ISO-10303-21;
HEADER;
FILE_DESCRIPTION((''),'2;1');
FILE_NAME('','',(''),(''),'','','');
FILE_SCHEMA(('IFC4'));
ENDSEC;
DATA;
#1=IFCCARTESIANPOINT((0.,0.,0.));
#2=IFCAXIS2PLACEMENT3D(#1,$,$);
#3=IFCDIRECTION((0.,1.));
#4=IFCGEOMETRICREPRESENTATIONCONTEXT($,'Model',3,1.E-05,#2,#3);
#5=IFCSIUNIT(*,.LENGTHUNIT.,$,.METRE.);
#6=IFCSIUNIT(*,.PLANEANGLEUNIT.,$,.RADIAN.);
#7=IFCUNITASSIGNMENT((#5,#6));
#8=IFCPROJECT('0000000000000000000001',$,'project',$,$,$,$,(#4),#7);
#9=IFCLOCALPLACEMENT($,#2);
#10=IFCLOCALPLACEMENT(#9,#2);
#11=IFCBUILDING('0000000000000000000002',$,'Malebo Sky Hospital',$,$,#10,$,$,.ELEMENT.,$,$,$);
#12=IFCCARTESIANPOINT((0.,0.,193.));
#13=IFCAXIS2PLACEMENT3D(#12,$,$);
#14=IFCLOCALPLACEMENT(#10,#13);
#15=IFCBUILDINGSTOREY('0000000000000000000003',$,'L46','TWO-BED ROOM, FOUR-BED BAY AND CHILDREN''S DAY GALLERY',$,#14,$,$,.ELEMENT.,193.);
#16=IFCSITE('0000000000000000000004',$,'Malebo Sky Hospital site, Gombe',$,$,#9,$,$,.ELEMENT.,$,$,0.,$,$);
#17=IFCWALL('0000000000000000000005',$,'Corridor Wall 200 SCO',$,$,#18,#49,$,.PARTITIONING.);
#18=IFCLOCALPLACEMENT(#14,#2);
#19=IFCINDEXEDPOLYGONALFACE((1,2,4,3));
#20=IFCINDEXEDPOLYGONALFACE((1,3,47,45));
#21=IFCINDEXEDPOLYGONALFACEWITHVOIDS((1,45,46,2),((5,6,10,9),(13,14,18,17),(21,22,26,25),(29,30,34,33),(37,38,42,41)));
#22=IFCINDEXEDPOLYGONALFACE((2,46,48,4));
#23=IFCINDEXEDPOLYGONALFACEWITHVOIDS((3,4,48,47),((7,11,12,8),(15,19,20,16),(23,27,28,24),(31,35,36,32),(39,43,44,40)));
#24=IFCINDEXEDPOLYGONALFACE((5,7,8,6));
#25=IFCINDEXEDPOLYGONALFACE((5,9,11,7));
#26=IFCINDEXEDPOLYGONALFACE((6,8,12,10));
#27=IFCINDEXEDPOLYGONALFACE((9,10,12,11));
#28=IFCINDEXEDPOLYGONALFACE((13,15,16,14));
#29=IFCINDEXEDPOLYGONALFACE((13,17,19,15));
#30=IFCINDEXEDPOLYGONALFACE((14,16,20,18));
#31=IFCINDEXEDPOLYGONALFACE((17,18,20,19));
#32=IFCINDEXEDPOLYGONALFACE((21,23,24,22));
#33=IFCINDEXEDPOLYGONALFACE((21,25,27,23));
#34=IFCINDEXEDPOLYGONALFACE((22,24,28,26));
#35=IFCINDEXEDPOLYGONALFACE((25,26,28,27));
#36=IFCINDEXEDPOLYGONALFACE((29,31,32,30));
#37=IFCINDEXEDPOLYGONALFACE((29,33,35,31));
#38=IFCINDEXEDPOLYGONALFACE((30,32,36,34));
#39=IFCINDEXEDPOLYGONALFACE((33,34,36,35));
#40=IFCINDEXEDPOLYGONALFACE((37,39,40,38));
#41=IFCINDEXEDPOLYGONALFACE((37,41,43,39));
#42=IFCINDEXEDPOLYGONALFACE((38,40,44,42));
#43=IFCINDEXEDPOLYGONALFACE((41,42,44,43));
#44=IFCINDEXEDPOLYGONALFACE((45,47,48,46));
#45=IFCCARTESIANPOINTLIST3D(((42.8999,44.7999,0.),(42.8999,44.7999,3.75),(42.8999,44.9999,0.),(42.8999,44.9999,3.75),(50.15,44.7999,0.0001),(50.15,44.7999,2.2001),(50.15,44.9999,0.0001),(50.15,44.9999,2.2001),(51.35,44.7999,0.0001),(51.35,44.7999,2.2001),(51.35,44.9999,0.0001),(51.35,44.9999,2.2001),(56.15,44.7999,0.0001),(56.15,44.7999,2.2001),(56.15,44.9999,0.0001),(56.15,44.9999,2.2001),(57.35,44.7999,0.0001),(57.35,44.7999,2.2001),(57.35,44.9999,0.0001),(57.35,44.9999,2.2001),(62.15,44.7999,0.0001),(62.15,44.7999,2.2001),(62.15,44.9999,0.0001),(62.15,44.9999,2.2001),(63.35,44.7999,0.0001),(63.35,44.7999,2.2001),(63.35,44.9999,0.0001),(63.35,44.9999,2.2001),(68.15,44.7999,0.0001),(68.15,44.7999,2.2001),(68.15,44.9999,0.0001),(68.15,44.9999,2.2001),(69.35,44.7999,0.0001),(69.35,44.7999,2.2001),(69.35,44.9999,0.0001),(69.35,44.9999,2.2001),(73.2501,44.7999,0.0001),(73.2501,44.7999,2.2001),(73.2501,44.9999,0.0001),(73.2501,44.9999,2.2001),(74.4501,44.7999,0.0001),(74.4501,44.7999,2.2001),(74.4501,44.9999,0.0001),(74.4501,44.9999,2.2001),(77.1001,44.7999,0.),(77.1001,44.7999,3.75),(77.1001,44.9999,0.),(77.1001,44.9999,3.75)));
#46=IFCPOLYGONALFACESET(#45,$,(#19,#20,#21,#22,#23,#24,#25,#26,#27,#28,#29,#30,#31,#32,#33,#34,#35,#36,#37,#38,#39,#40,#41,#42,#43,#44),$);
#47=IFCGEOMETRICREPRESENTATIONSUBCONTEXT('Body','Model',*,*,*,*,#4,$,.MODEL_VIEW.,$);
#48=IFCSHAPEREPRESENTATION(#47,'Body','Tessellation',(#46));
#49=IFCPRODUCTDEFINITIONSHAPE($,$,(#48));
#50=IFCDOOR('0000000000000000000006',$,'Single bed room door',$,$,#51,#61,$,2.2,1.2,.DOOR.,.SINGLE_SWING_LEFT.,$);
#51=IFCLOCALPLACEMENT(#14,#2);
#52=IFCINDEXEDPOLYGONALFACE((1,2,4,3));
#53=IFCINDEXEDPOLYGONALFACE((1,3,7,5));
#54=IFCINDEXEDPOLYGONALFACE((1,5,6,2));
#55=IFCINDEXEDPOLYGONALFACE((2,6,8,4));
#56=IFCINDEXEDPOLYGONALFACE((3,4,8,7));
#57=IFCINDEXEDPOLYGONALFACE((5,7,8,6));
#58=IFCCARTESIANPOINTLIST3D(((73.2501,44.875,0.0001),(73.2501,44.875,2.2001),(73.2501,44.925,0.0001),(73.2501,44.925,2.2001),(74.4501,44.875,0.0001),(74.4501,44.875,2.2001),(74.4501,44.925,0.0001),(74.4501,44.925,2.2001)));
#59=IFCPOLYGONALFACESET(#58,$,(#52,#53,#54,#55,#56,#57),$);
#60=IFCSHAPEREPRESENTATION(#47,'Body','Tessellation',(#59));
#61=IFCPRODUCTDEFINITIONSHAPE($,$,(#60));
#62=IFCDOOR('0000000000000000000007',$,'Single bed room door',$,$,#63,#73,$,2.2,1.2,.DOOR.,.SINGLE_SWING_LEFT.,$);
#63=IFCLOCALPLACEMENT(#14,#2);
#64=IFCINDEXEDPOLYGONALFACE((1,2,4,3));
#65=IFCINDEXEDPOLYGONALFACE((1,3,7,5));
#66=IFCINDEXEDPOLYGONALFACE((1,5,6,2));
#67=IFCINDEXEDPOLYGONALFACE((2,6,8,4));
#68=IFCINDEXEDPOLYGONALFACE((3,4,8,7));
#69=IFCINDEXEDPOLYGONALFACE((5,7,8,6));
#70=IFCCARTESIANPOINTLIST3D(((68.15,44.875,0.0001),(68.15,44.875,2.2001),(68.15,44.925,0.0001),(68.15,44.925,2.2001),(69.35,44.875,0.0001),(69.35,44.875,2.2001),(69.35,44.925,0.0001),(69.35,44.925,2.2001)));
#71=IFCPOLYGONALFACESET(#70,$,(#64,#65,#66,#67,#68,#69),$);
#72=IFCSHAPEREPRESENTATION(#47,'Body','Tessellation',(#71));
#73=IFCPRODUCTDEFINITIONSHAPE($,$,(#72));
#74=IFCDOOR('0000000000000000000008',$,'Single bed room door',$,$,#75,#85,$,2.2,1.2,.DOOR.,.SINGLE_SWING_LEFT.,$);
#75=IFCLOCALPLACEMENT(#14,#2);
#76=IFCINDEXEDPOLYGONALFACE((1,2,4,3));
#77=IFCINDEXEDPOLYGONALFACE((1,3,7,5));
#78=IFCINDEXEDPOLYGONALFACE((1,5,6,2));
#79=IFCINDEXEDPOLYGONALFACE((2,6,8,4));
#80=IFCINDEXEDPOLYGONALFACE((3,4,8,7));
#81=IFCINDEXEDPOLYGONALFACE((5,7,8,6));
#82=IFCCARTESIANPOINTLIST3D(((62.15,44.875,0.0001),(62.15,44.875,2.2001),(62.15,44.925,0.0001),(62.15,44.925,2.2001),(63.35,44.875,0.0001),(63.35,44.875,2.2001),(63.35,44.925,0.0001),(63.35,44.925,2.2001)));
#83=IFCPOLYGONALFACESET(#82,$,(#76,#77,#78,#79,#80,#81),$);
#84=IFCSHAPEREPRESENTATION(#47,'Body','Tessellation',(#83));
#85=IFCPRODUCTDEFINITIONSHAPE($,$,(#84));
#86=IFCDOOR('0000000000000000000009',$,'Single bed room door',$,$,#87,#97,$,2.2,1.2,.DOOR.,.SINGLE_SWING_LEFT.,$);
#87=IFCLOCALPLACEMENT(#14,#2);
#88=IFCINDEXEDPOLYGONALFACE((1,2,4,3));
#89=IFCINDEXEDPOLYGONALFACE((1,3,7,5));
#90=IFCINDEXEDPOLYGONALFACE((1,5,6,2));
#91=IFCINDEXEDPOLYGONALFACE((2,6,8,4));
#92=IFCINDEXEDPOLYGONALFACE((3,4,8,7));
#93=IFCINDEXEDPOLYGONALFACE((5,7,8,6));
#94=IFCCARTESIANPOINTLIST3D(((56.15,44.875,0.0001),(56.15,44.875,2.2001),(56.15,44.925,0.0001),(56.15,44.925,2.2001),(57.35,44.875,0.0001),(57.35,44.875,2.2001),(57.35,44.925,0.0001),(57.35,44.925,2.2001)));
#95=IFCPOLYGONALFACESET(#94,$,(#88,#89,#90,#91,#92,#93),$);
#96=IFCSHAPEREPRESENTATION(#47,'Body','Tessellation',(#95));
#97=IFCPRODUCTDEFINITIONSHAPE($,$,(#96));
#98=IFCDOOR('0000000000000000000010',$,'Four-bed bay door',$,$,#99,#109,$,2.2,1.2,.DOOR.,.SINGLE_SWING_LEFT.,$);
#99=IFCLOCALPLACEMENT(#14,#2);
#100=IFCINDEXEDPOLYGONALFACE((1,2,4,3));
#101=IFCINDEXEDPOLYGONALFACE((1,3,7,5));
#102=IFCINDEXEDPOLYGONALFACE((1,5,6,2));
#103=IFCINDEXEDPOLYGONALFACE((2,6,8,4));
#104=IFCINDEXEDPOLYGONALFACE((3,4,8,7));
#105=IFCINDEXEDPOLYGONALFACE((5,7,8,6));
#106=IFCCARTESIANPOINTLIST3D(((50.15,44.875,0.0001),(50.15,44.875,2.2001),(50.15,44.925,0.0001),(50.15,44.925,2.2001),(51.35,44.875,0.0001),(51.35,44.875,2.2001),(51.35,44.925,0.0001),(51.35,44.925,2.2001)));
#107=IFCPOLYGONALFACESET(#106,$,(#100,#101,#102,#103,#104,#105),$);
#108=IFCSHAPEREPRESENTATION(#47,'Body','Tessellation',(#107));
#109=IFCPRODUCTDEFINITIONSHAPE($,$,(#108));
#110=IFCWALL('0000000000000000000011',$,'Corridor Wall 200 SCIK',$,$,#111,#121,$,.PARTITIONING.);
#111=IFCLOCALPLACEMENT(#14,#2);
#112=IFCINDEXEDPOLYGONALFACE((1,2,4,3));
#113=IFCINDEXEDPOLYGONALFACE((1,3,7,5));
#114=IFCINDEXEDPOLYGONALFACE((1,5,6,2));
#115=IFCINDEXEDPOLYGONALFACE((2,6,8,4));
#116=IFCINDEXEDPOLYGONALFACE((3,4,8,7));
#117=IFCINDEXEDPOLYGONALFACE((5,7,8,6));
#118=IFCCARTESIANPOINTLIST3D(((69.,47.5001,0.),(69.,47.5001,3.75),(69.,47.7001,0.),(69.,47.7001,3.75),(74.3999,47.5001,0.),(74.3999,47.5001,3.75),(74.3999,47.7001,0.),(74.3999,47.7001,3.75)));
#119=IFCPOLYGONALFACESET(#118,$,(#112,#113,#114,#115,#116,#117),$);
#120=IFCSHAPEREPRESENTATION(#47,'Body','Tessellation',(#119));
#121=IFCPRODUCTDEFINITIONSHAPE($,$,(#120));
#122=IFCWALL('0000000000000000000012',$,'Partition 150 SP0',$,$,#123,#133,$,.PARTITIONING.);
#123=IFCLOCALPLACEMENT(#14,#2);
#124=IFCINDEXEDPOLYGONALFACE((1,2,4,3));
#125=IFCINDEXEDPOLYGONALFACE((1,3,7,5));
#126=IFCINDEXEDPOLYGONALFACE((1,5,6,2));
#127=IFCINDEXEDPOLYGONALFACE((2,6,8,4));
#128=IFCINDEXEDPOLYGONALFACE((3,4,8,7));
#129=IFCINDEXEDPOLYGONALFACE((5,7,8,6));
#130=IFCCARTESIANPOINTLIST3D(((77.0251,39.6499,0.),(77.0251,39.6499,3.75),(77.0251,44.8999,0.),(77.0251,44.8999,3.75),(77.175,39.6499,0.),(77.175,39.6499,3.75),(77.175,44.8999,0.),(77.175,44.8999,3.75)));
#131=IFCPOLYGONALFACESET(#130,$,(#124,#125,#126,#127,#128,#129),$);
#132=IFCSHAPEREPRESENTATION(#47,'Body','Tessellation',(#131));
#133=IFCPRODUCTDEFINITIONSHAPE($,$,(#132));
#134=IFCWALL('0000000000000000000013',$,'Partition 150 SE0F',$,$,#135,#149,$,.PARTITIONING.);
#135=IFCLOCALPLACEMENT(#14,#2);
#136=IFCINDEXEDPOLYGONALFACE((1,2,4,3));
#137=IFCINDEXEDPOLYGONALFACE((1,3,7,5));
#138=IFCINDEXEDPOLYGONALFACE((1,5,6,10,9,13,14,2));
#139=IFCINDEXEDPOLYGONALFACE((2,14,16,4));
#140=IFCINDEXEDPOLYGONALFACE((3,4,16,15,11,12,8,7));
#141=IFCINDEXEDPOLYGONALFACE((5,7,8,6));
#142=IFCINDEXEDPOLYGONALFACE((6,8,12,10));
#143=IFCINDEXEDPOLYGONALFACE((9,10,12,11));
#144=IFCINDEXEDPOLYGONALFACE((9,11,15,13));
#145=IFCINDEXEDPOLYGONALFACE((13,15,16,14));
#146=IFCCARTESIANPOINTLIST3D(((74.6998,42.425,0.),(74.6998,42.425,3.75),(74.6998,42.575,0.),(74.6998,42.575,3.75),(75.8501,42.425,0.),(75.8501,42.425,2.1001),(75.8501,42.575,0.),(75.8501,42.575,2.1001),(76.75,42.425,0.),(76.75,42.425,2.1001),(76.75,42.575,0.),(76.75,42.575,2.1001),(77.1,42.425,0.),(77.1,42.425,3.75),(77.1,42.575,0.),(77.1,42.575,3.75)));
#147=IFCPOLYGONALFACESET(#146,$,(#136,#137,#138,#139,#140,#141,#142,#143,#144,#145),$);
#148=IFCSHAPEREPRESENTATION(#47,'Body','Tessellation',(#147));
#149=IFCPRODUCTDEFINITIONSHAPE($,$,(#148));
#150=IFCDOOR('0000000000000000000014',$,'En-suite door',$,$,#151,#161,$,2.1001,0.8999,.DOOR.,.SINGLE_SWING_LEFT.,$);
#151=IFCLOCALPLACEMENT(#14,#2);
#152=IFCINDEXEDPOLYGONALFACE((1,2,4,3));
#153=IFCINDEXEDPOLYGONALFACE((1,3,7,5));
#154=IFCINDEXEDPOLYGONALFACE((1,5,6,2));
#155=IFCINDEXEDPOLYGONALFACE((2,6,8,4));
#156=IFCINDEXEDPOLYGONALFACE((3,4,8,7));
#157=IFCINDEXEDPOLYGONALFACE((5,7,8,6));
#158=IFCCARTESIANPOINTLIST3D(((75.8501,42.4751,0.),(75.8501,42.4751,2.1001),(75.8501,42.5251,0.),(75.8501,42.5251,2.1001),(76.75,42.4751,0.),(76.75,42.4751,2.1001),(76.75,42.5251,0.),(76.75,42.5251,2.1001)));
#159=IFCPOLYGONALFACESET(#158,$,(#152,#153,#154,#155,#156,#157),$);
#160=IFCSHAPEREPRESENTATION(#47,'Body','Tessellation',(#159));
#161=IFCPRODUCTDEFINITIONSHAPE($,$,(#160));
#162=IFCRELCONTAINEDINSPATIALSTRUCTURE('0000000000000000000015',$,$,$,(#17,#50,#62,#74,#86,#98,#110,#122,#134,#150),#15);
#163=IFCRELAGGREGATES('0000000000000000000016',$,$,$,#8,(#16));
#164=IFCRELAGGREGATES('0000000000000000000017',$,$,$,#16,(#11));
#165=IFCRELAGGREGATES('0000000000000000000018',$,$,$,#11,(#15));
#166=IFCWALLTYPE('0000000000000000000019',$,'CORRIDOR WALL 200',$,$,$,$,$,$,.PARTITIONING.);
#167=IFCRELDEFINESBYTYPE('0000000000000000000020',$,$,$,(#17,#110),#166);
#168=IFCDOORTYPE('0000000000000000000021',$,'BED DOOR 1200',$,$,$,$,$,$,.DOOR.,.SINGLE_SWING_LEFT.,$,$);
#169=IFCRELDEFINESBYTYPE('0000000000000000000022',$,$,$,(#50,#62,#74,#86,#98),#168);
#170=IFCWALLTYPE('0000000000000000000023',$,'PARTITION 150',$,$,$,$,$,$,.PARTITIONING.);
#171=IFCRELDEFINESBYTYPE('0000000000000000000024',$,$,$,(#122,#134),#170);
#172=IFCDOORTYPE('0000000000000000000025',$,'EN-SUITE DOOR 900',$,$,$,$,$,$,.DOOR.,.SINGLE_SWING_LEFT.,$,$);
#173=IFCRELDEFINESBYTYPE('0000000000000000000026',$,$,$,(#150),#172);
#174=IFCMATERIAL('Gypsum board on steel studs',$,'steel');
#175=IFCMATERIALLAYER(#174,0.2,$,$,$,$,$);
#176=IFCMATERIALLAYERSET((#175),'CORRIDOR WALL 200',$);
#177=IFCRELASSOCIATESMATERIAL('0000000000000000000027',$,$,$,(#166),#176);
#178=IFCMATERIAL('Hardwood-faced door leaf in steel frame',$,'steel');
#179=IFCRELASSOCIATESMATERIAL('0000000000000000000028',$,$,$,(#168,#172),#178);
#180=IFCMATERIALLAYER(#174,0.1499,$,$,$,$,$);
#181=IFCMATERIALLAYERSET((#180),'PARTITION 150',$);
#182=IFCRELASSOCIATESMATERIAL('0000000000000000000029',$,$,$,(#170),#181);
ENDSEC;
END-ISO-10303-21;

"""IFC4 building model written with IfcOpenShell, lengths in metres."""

from ifc_helpers import new_model, si_unit, direction, frame, frame_2d, origin, place, context, subcontext, project, spatial, rectangle, extrude, material, layer, layer_set, type_object, element, fill, save


model = new_model("IFC4")

# Units and contexts
model_context = context("Model", 3, precision=1e-05, world=origin(), true_north=direction((0.0, 1.0)))
body_context = subcontext(model_context, "Body", "Model", "MODEL_VIEW")
ifc_project = project(units=[si_unit("LENGTHUNIT", "METRE"), si_unit("PLANEANGLEUNIT", "RADIAN")], contexts=[model_context])

# Site, building, storey
site_placement = place(None, origin())
site = spatial("IfcSite", under=ifc_project, at=site_placement, Name="Malebo Sky Hospital site, Gombe", CompositionType="ELEMENT", RefElevation=0.0)
building_placement = place(site_placement, origin())
building = spatial("IfcBuilding", under=site, at=building_placement, Name="Malebo Sky Hospital", CompositionType="ELEMENT")
storey_placement = place(building_placement, frame((0.0, 0.0, 193.0)))
storey = spatial("IfcBuildingStorey", under=building, at=storey_placement, Name="L46", Description="TWO-BED ROOM, FOUR-BED BAY AND CHILDREN'S DAY GALLERY", CompositionType="ELEMENT", Elevation=193.0)

# Wall, openings, doors
ifc_material_1 = material(Name="Gypsum board on steel studs", Category="steel")
ifc_layer_1 = layer(ifc_material_1, 0.2)
ifc_layer_set_1 = layer_set([ifc_layer_1], Name="CORRIDOR WALL 200")
wall_type_1 = type_object("IfcWallType", Name="CORRIDOR WALL 200", PredefinedType="PARTITIONING", material=ifc_layer_set_1)
wall_1_placement = place(storey_placement, frame((77.1001, 44.8999, 0.0), z_axis=(0.0, 0.0, 1.0), x_axis=(-1.0, 0.0, 0.0)))
wall_1 = element("IfcWall", 1, at=wall_1_placement, inside=storey, type_object=wall_type_1, Name="Corridor Wall 200 SCO", PredefinedType="PARTITIONING", context=body_context, shape_type="SweptSolid", body=[
    extrude(rectangle(XDim=34.2002, YDim=0.2, at=frame_2d((17.1001, 0.0))), origin(), (0.0, 0.0, 1.0), 3.75),
])
opening_1_placement = place(wall_1_placement, frame((2.6499, 0.0, 0.0)))
opening_1 = element("IfcOpeningElement", 2, at=opening_1_placement, cuts=wall_1, PredefinedType="OPENING", context=body_context, shape_type="SweptSolid", body=[
    extrude(rectangle(XDim=1.2, YDim=2.2, at=frame_2d((0.6001, 1.1001))), frame((0.0, 0.1099, 0.0), z_axis=(0.0, -1.0, 0.0), x_axis=(1.0, 0.0, 0.0)), (0.0, 0.0, 1.0), 0.22),
])
opening_2_placement = place(wall_1_placement, frame((7.75, 0.0, 0.0)))
opening_2 = element("IfcOpeningElement", 3, at=opening_2_placement, cuts=wall_1, PredefinedType="OPENING", context=body_context, shape_type="SweptSolid", body=[
    extrude(rectangle(XDim=1.2, YDim=2.2, at=frame_2d((0.6001, 1.1001))), frame((0.0, 0.1099, 0.0), z_axis=(0.0, -1.0, 0.0), x_axis=(1.0, 0.0, 0.0)), (0.0, 0.0, 1.0), 0.22),
])
opening_3_placement = place(wall_1_placement, frame((13.75, 0.0, 0.0)))
opening_3 = element("IfcOpeningElement", 4, at=opening_3_placement, cuts=wall_1, PredefinedType="OPENING", context=body_context, shape_type="SweptSolid", body=[
    extrude(rectangle(XDim=1.2, YDim=2.2, at=frame_2d((0.6001, 1.1001))), frame((0.0, 0.1099, 0.0), z_axis=(0.0, -1.0, 0.0), x_axis=(1.0, 0.0, 0.0)), (0.0, 0.0, 1.0), 0.22),
])
opening_4_placement = place(wall_1_placement, frame((19.75, 0.0, 0.0)))
opening_4 = element("IfcOpeningElement", 5, at=opening_4_placement, cuts=wall_1, PredefinedType="OPENING", context=body_context, shape_type="SweptSolid", body=[
    extrude(rectangle(XDim=1.2, YDim=2.2, at=frame_2d((0.6001, 1.1001))), frame((0.0, 0.1099, 0.0), z_axis=(0.0, -1.0, 0.0), x_axis=(1.0, 0.0, 0.0)), (0.0, 0.0, 1.0), 0.22),
])
opening_5_placement = place(wall_1_placement, frame((25.75, 0.0, 0.0)))
opening_5 = element("IfcOpeningElement", 6, at=opening_5_placement, cuts=wall_1, PredefinedType="OPENING", context=body_context, shape_type="SweptSolid", body=[
    extrude(rectangle(XDim=1.2, YDim=2.2, at=frame_2d((0.6001, 1.1001))), frame((0.0, 0.1099, 0.0), z_axis=(0.0, -1.0, 0.0), x_axis=(1.0, 0.0, 0.0)), (0.0, 0.0, 1.0), 0.22),
])
ifc_material_2 = material(Name="Hardwood-faced door leaf in steel frame", Category="steel")
door_type_1 = type_object("IfcDoorType", Name="BED DOOR 1200", OperationType="SINGLE_SWING_LEFT", PredefinedType="DOOR", material=ifc_material_2)
door_1_placement = place(opening_1_placement, origin())
door_1 = element("IfcDoor", 7, at=door_1_placement, inside=storey, type_object=door_type_1, Name="Single bed room door", OperationType="SINGLE_SWING_LEFT", OverallHeight=2.2, OverallWidth=1.2, PredefinedType="DOOR", context=body_context, shape_type="SweptSolid", body=[
    extrude(rectangle(XDim=1.2, YDim=2.2, at=frame_2d((0.6001, 1.1001))), frame((0.0, 0.0249, 0.0), z_axis=(0.0, -1.0, 0.0), x_axis=(1.0, 0.0, 0.0)), (0.0, 0.0, 1.0), 0.05),
])
fill(opening_1, door_1)
door_2_placement = place(opening_2_placement, origin())
door_2 = element("IfcDoor", 8, at=door_2_placement, inside=storey, type_object=door_type_1, Name="Single bed room door", OperationType="SINGLE_SWING_LEFT", OverallHeight=2.2, OverallWidth=1.2, PredefinedType="DOOR", context=body_context, shape_type="SweptSolid", body=[
    extrude(rectangle(XDim=1.2, YDim=2.2, at=frame_2d((0.6001, 1.1001))), frame((0.0, 0.0249, 0.0), z_axis=(0.0, -1.0, 0.0), x_axis=(1.0, 0.0, 0.0)), (0.0, 0.0, 1.0), 0.05),
])
fill(opening_2, door_2)
door_3_placement = place(opening_3_placement, origin())
door_3 = element("IfcDoor", 9, at=door_3_placement, inside=storey, type_object=door_type_1, Name="Single bed room door", OperationType="SINGLE_SWING_LEFT", OverallHeight=2.2, OverallWidth=1.2, PredefinedType="DOOR", context=body_context, shape_type="SweptSolid", body=[
    extrude(rectangle(XDim=1.2, YDim=2.2, at=frame_2d((0.6001, 1.1001))), frame((0.0, 0.0249, 0.0), z_axis=(0.0, -1.0, 0.0), x_axis=(1.0, 0.0, 0.0)), (0.0, 0.0, 1.0), 0.05),
])
fill(opening_3, door_3)
door_4_placement = place(opening_4_placement, origin())
door_4 = element("IfcDoor", 10, at=door_4_placement, inside=storey, type_object=door_type_1, Name="Single bed room door", OperationType="SINGLE_SWING_LEFT", OverallHeight=2.2, OverallWidth=1.2, PredefinedType="DOOR", context=body_context, shape_type="SweptSolid", body=[
    extrude(rectangle(XDim=1.2, YDim=2.2, at=frame_2d((0.6001, 1.1001))), frame((0.0, 0.0249, 0.0), z_axis=(0.0, -1.0, 0.0), x_axis=(1.0, 0.0, 0.0)), (0.0, 0.0, 1.0), 0.05),
])
fill(opening_4, door_4)
door_5_placement = place(opening_5_placement, origin())
door_5 = element("IfcDoor", 11, at=door_5_placement, inside=storey, type_object=door_type_1, Name="Four-bed bay door", OperationType="SINGLE_SWING_LEFT", OverallHeight=2.2, OverallWidth=1.2, PredefinedType="DOOR", context=body_context, shape_type="SweptSolid", body=[
    extrude(rectangle(XDim=1.2, YDim=2.2, at=frame_2d((0.6001, 1.1001))), frame((0.0, 0.0249, 0.0), z_axis=(0.0, -1.0, 0.0), x_axis=(1.0, 0.0, 0.0)), (0.0, 0.0, 1.0), 0.05),
])
fill(opening_5, door_5)

# Walls
wall_2_placement = place(storey_placement, frame((74.3999, 47.6001, 0.0), z_axis=(0.0, 0.0, 1.0), x_axis=(-1.0, 0.0, 0.0)))
element("IfcWall", 12, at=wall_2_placement, inside=storey, type_object=wall_type_1, Name="Corridor Wall 200 SCIK", PredefinedType="PARTITIONING", context=body_context, shape_type="SweptSolid", body=[
    extrude(rectangle(XDim=5.3999, YDim=0.2, at=frame_2d((2.7, 0.0))), origin(), (0.0, 0.0, 1.0), 3.75),
])
ifc_layer_2 = layer(ifc_material_1, 0.1499)
ifc_layer_set_2 = layer_set([ifc_layer_2], Name="PARTITION 150")
wall_type_2 = type_object("IfcWallType", Name="PARTITION 150", PredefinedType="PARTITIONING", material=ifc_layer_set_2)
wall_3_placement = place(storey_placement, frame((77.1001, 44.8999, 0.0), z_axis=(0.0, 0.0, 1.0), x_axis=(0.0, -1.0, 0.0)))
element("IfcWall", 13, at=wall_3_placement, inside=storey, type_object=wall_type_2, Name="Partition 150 SP0", PredefinedType="PARTITIONING", context=body_context, shape_type="SweptSolid", body=[
    extrude(rectangle(XDim=5.25, YDim=0.1499, at=frame_2d((2.625, 0.0))), origin(), (0.0, 0.0, 1.0), 3.75),
])

# Wall, opening, door
wall_4_placement = place(storey_placement, frame((77.1001, 42.5, 0.0), z_axis=(0.0, 0.0, 1.0), x_axis=(-1.0, 0.0, 0.0)))
wall_4 = element("IfcWall", 14, at=wall_4_placement, inside=storey, type_object=wall_type_2, Name="Partition 150 SE0F", PredefinedType="PARTITIONING", context=body_context, shape_type="SweptSolid", body=[
    extrude(rectangle(XDim=2.4001, YDim=0.1499, at=frame_2d((1.2002, 0.0))), origin(), (0.0, 0.0, 1.0), 3.75),
])
opening_6_placement = place(wall_4_placement, frame((0.3501, 0.0, 0.0)))
opening_6 = element("IfcOpeningElement", 15, at=opening_6_placement, cuts=wall_4, PredefinedType="OPENING", context=body_context, shape_type="SweptSolid", body=[
    extrude(rectangle(XDim=0.8999, YDim=2.1001, at=frame_2d((0.45, 1.05))), frame((0.0, 0.085, 0.0), z_axis=(0.0, -1.0, 0.0), x_axis=(1.0, 0.0, 0.0)), (0.0, 0.0, 1.0), 0.1699),
])
door_type_2 = type_object("IfcDoorType", Name="EN-SUITE DOOR 900", OperationType="SINGLE_SWING_LEFT", PredefinedType="DOOR", material=ifc_material_2)
door_6_placement = place(opening_6_placement, origin())
door_6 = element("IfcDoor", 16, at=door_6_placement, inside=storey, type_object=door_type_2, Name="En-suite door", OperationType="SINGLE_SWING_LEFT", OverallHeight=2.1001, OverallWidth=0.8999, PredefinedType="DOOR", context=body_context, shape_type="SweptSolid", body=[
    extrude(rectangle(XDim=0.8999, YDim=2.1001, at=frame_2d((0.45, 1.05))), frame((0.0, 0.0249, 0.0), z_axis=(0.0, -1.0, 0.0), x_axis=(1.0, 0.0, 0.0)), (0.0, 0.0, 1.0), 0.05),
])
fill(opening_6, door_6)

save(model, "model.ifc")
